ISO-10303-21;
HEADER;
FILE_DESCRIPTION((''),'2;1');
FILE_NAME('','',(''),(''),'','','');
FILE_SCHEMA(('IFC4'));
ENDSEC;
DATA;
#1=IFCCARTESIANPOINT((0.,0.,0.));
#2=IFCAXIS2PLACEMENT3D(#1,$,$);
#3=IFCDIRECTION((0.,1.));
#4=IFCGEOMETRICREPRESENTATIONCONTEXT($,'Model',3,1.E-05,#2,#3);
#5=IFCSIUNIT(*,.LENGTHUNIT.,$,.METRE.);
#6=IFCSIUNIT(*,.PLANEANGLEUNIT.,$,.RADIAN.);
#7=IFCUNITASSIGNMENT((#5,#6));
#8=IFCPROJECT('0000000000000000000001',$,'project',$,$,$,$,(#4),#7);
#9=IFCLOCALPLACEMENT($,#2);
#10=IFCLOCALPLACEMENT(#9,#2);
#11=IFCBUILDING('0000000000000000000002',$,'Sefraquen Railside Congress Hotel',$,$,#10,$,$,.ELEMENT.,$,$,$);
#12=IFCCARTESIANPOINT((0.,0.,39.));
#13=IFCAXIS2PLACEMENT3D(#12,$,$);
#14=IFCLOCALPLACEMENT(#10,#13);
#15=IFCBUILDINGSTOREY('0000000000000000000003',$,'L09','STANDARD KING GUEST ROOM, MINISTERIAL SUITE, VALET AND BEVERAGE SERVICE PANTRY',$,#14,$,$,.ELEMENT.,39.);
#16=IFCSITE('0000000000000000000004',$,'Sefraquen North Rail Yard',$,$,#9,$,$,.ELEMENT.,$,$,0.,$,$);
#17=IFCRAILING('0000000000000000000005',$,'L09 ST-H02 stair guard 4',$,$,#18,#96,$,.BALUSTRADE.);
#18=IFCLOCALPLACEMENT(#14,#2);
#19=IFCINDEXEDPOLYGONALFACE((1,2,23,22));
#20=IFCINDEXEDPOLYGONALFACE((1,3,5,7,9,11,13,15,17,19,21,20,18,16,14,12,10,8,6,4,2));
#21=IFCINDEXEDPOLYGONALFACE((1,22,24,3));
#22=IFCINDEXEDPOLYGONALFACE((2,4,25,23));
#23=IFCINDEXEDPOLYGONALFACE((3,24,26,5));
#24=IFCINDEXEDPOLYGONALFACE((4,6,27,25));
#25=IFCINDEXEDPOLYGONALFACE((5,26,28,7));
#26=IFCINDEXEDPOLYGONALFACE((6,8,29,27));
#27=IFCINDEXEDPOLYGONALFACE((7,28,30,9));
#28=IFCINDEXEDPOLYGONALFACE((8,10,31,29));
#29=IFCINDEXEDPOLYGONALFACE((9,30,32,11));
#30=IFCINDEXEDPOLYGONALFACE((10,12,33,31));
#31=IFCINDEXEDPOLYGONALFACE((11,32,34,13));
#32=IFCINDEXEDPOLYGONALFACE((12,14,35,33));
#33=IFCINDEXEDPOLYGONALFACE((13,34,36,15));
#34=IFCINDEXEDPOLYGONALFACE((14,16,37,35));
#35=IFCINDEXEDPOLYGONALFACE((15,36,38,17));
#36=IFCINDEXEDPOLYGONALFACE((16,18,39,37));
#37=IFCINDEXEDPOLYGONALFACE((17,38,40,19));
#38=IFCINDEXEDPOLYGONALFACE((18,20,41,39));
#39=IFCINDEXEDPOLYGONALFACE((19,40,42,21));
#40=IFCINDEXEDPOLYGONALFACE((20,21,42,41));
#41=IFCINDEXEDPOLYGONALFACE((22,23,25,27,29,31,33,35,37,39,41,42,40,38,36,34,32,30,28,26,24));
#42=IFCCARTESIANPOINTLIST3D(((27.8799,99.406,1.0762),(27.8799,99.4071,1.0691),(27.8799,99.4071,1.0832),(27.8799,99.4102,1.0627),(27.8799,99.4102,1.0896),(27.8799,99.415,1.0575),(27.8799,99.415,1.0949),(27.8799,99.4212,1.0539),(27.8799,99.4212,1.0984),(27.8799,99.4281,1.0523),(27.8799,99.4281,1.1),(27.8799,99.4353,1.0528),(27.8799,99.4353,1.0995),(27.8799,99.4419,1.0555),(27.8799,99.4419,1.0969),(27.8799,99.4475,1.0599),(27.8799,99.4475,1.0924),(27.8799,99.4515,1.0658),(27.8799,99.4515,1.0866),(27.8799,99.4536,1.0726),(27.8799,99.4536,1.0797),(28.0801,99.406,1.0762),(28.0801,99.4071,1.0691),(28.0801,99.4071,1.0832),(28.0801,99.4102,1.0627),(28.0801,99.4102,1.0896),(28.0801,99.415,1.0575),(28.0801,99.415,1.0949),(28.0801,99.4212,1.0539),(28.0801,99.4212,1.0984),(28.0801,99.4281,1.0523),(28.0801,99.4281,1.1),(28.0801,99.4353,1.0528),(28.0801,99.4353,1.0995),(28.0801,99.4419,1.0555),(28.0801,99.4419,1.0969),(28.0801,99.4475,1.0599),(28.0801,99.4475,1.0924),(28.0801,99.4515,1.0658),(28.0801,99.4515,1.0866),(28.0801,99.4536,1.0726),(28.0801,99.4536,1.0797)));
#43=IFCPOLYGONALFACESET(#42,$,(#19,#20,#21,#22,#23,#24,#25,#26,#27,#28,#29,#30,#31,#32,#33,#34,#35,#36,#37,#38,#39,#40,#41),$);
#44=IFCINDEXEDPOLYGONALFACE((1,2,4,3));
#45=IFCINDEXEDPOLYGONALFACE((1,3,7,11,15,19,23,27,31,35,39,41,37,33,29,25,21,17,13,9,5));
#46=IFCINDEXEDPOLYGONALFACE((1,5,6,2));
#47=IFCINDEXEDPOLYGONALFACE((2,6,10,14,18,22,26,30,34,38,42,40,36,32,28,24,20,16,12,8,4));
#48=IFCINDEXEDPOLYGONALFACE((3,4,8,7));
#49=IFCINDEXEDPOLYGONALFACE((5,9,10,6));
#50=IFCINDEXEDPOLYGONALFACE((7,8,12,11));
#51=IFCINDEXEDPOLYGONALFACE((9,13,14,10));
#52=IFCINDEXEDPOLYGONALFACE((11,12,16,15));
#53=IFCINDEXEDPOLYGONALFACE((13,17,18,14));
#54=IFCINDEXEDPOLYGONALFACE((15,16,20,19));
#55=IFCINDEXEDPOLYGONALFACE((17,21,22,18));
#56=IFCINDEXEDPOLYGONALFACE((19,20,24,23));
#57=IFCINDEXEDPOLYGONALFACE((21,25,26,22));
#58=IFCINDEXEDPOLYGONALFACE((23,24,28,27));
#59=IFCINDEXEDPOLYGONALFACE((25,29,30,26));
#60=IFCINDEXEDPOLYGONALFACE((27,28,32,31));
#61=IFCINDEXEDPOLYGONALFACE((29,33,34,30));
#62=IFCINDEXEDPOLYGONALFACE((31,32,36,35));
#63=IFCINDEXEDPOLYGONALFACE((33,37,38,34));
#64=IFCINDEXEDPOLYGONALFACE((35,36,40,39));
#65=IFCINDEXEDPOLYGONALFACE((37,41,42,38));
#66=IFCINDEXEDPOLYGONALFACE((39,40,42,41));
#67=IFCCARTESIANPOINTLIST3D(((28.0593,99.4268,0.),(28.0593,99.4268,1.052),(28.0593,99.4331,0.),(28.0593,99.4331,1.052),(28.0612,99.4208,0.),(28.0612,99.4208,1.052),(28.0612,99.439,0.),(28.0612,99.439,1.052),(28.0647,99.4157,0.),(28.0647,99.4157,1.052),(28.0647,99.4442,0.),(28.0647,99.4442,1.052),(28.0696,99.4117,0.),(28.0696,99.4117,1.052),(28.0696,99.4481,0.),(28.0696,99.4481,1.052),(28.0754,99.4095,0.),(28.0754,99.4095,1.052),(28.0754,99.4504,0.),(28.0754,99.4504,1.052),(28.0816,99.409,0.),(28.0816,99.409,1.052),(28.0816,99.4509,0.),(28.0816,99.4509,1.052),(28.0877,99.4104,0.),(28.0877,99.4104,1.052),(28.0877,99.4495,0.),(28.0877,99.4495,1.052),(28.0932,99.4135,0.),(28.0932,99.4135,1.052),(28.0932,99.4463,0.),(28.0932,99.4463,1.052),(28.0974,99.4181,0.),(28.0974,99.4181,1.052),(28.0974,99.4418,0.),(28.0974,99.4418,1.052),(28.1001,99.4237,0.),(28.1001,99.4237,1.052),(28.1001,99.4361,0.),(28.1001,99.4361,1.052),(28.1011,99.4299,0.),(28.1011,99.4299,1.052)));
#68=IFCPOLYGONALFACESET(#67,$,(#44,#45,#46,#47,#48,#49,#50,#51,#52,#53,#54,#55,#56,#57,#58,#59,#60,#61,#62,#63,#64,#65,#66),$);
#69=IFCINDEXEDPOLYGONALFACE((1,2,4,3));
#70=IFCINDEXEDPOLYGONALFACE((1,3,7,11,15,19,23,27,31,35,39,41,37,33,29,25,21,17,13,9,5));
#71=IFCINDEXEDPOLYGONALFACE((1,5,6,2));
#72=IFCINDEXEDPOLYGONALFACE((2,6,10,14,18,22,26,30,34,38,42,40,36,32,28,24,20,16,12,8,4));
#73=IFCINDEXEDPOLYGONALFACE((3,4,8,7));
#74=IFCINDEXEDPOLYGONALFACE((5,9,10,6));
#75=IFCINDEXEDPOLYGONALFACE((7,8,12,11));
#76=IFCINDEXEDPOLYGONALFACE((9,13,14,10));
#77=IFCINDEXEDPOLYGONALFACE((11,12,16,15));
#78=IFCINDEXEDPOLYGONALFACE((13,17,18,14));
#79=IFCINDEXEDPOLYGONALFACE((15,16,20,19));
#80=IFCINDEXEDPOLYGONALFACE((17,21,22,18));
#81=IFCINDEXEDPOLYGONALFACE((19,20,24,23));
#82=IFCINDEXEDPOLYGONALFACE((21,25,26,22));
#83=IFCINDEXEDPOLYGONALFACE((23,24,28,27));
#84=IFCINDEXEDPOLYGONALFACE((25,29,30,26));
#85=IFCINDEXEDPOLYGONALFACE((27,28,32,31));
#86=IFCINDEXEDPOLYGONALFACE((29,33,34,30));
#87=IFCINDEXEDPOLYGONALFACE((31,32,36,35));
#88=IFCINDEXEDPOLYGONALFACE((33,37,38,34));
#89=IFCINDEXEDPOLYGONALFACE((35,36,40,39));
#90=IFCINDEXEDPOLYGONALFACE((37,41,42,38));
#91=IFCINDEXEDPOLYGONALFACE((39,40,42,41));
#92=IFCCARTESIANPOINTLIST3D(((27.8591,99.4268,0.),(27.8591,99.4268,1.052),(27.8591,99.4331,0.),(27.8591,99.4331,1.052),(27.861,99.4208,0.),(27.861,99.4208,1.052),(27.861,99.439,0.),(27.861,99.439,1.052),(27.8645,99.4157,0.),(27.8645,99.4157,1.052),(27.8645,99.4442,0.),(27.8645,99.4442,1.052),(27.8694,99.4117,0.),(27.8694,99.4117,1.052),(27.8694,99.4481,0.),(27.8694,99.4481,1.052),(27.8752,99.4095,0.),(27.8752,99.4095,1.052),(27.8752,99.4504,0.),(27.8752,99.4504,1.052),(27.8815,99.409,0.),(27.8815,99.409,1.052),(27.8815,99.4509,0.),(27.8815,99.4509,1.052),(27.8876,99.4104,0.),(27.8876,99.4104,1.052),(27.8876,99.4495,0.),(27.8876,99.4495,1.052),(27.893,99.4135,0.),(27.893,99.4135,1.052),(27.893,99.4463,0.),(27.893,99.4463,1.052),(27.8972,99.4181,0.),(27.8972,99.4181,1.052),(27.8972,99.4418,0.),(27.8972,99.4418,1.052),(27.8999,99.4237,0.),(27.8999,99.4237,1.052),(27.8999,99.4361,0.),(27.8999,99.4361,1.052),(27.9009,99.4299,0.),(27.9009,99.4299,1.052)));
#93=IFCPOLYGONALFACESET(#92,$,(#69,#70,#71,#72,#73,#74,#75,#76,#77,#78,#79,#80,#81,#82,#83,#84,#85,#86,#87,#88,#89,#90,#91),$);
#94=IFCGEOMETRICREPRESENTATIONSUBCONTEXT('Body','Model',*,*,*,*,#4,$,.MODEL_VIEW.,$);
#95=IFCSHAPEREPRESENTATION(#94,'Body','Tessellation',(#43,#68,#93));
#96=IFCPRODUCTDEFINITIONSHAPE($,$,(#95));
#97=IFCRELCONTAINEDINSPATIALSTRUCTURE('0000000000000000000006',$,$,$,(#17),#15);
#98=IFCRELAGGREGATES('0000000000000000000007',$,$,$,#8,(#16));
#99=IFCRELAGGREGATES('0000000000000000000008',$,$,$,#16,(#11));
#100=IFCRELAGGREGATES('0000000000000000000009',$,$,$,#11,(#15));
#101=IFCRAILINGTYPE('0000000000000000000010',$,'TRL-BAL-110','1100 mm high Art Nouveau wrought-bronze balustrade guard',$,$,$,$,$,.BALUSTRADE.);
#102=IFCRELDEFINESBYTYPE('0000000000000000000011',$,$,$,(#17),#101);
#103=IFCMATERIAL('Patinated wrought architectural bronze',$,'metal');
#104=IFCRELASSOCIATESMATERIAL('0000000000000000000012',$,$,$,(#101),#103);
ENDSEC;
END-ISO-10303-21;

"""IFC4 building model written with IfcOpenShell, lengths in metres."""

from ifc_helpers import new_model, si_unit, direction, frame, origin, origin_2d, place, context, subcontext, project, spatial, circle, extrude, material, type_object, element, save


model = new_model("IFC4")

# Units and contexts
model_context = context("Model", 3, precision=1e-05, world=origin(), true_north=direction((0.0, 1.0)))
body_context = subcontext(model_context, "Body", "Model", "MODEL_VIEW")
ifc_project = project(units=[si_unit("LENGTHUNIT", "METRE"), si_unit("PLANEANGLEUNIT", "RADIAN")], contexts=[model_context])

# Site, building, storey
site_placement = place(None, origin())
site = spatial("IfcSite", under=ifc_project, at=site_placement, Name="Sefraquen North Rail Yard", CompositionType="ELEMENT", RefElevation=0.0)
building_placement = place(site_placement, origin())
building = spatial("IfcBuilding", under=site, at=building_placement, Name="Sefraquen Railside Congress Hotel", CompositionType="ELEMENT")
storey_placement = place(building_placement, frame((0.0, 0.0, 39.0)))
storey = spatial("IfcBuildingStorey", under=building, at=storey_placement, Name="L09", Description="STANDARD KING GUEST ROOM, MINISTERIAL SUITE, VALET AND BEVERAGE SERVICE PANTRY", CompositionType="ELEMENT", Elevation=39.0)

# Railing
ifc_material_1 = material(Name="Patinated wrought architectural bronze", Category="metal")
railing_type = type_object("IfcRailingType", Name="TRL-BAL-110", Description="1100 mm high Art Nouveau wrought-bronze balustrade guard", PredefinedType="BALUSTRADE", material=ifc_material_1)
railing_1_placement = place(storey_placement, frame((28.0801, 99.4299, 0.0)))
element("IfcRailing", 1, at=railing_1_placement, inside=storey, type_object=railing_type, Name="L09 ST-H02 stair guard 4", PredefinedType="BALUSTRADE", context=body_context, shape_type="SweptSolid", body=[
    extrude(circle(Radius=0.0239, at=origin_2d()), frame((0.0, 0.0, 1.0762), z_axis=(-1.0, 0.0, 0.0), x_axis=(0.0, -1.0, 0.0)), (0.0, 0.0, 1.0), 0.2002),
    extrude(circle(Radius=0.021, at=origin_2d()), origin(), (0.0, 0.0, 1.0), 1.052),
    extrude(circle(Radius=0.021, at=origin_2d()), frame((-0.2002, 0.0, 0.0)), (0.0, 0.0, 1.0), 1.052),
])

save(model, "model.ifc")
